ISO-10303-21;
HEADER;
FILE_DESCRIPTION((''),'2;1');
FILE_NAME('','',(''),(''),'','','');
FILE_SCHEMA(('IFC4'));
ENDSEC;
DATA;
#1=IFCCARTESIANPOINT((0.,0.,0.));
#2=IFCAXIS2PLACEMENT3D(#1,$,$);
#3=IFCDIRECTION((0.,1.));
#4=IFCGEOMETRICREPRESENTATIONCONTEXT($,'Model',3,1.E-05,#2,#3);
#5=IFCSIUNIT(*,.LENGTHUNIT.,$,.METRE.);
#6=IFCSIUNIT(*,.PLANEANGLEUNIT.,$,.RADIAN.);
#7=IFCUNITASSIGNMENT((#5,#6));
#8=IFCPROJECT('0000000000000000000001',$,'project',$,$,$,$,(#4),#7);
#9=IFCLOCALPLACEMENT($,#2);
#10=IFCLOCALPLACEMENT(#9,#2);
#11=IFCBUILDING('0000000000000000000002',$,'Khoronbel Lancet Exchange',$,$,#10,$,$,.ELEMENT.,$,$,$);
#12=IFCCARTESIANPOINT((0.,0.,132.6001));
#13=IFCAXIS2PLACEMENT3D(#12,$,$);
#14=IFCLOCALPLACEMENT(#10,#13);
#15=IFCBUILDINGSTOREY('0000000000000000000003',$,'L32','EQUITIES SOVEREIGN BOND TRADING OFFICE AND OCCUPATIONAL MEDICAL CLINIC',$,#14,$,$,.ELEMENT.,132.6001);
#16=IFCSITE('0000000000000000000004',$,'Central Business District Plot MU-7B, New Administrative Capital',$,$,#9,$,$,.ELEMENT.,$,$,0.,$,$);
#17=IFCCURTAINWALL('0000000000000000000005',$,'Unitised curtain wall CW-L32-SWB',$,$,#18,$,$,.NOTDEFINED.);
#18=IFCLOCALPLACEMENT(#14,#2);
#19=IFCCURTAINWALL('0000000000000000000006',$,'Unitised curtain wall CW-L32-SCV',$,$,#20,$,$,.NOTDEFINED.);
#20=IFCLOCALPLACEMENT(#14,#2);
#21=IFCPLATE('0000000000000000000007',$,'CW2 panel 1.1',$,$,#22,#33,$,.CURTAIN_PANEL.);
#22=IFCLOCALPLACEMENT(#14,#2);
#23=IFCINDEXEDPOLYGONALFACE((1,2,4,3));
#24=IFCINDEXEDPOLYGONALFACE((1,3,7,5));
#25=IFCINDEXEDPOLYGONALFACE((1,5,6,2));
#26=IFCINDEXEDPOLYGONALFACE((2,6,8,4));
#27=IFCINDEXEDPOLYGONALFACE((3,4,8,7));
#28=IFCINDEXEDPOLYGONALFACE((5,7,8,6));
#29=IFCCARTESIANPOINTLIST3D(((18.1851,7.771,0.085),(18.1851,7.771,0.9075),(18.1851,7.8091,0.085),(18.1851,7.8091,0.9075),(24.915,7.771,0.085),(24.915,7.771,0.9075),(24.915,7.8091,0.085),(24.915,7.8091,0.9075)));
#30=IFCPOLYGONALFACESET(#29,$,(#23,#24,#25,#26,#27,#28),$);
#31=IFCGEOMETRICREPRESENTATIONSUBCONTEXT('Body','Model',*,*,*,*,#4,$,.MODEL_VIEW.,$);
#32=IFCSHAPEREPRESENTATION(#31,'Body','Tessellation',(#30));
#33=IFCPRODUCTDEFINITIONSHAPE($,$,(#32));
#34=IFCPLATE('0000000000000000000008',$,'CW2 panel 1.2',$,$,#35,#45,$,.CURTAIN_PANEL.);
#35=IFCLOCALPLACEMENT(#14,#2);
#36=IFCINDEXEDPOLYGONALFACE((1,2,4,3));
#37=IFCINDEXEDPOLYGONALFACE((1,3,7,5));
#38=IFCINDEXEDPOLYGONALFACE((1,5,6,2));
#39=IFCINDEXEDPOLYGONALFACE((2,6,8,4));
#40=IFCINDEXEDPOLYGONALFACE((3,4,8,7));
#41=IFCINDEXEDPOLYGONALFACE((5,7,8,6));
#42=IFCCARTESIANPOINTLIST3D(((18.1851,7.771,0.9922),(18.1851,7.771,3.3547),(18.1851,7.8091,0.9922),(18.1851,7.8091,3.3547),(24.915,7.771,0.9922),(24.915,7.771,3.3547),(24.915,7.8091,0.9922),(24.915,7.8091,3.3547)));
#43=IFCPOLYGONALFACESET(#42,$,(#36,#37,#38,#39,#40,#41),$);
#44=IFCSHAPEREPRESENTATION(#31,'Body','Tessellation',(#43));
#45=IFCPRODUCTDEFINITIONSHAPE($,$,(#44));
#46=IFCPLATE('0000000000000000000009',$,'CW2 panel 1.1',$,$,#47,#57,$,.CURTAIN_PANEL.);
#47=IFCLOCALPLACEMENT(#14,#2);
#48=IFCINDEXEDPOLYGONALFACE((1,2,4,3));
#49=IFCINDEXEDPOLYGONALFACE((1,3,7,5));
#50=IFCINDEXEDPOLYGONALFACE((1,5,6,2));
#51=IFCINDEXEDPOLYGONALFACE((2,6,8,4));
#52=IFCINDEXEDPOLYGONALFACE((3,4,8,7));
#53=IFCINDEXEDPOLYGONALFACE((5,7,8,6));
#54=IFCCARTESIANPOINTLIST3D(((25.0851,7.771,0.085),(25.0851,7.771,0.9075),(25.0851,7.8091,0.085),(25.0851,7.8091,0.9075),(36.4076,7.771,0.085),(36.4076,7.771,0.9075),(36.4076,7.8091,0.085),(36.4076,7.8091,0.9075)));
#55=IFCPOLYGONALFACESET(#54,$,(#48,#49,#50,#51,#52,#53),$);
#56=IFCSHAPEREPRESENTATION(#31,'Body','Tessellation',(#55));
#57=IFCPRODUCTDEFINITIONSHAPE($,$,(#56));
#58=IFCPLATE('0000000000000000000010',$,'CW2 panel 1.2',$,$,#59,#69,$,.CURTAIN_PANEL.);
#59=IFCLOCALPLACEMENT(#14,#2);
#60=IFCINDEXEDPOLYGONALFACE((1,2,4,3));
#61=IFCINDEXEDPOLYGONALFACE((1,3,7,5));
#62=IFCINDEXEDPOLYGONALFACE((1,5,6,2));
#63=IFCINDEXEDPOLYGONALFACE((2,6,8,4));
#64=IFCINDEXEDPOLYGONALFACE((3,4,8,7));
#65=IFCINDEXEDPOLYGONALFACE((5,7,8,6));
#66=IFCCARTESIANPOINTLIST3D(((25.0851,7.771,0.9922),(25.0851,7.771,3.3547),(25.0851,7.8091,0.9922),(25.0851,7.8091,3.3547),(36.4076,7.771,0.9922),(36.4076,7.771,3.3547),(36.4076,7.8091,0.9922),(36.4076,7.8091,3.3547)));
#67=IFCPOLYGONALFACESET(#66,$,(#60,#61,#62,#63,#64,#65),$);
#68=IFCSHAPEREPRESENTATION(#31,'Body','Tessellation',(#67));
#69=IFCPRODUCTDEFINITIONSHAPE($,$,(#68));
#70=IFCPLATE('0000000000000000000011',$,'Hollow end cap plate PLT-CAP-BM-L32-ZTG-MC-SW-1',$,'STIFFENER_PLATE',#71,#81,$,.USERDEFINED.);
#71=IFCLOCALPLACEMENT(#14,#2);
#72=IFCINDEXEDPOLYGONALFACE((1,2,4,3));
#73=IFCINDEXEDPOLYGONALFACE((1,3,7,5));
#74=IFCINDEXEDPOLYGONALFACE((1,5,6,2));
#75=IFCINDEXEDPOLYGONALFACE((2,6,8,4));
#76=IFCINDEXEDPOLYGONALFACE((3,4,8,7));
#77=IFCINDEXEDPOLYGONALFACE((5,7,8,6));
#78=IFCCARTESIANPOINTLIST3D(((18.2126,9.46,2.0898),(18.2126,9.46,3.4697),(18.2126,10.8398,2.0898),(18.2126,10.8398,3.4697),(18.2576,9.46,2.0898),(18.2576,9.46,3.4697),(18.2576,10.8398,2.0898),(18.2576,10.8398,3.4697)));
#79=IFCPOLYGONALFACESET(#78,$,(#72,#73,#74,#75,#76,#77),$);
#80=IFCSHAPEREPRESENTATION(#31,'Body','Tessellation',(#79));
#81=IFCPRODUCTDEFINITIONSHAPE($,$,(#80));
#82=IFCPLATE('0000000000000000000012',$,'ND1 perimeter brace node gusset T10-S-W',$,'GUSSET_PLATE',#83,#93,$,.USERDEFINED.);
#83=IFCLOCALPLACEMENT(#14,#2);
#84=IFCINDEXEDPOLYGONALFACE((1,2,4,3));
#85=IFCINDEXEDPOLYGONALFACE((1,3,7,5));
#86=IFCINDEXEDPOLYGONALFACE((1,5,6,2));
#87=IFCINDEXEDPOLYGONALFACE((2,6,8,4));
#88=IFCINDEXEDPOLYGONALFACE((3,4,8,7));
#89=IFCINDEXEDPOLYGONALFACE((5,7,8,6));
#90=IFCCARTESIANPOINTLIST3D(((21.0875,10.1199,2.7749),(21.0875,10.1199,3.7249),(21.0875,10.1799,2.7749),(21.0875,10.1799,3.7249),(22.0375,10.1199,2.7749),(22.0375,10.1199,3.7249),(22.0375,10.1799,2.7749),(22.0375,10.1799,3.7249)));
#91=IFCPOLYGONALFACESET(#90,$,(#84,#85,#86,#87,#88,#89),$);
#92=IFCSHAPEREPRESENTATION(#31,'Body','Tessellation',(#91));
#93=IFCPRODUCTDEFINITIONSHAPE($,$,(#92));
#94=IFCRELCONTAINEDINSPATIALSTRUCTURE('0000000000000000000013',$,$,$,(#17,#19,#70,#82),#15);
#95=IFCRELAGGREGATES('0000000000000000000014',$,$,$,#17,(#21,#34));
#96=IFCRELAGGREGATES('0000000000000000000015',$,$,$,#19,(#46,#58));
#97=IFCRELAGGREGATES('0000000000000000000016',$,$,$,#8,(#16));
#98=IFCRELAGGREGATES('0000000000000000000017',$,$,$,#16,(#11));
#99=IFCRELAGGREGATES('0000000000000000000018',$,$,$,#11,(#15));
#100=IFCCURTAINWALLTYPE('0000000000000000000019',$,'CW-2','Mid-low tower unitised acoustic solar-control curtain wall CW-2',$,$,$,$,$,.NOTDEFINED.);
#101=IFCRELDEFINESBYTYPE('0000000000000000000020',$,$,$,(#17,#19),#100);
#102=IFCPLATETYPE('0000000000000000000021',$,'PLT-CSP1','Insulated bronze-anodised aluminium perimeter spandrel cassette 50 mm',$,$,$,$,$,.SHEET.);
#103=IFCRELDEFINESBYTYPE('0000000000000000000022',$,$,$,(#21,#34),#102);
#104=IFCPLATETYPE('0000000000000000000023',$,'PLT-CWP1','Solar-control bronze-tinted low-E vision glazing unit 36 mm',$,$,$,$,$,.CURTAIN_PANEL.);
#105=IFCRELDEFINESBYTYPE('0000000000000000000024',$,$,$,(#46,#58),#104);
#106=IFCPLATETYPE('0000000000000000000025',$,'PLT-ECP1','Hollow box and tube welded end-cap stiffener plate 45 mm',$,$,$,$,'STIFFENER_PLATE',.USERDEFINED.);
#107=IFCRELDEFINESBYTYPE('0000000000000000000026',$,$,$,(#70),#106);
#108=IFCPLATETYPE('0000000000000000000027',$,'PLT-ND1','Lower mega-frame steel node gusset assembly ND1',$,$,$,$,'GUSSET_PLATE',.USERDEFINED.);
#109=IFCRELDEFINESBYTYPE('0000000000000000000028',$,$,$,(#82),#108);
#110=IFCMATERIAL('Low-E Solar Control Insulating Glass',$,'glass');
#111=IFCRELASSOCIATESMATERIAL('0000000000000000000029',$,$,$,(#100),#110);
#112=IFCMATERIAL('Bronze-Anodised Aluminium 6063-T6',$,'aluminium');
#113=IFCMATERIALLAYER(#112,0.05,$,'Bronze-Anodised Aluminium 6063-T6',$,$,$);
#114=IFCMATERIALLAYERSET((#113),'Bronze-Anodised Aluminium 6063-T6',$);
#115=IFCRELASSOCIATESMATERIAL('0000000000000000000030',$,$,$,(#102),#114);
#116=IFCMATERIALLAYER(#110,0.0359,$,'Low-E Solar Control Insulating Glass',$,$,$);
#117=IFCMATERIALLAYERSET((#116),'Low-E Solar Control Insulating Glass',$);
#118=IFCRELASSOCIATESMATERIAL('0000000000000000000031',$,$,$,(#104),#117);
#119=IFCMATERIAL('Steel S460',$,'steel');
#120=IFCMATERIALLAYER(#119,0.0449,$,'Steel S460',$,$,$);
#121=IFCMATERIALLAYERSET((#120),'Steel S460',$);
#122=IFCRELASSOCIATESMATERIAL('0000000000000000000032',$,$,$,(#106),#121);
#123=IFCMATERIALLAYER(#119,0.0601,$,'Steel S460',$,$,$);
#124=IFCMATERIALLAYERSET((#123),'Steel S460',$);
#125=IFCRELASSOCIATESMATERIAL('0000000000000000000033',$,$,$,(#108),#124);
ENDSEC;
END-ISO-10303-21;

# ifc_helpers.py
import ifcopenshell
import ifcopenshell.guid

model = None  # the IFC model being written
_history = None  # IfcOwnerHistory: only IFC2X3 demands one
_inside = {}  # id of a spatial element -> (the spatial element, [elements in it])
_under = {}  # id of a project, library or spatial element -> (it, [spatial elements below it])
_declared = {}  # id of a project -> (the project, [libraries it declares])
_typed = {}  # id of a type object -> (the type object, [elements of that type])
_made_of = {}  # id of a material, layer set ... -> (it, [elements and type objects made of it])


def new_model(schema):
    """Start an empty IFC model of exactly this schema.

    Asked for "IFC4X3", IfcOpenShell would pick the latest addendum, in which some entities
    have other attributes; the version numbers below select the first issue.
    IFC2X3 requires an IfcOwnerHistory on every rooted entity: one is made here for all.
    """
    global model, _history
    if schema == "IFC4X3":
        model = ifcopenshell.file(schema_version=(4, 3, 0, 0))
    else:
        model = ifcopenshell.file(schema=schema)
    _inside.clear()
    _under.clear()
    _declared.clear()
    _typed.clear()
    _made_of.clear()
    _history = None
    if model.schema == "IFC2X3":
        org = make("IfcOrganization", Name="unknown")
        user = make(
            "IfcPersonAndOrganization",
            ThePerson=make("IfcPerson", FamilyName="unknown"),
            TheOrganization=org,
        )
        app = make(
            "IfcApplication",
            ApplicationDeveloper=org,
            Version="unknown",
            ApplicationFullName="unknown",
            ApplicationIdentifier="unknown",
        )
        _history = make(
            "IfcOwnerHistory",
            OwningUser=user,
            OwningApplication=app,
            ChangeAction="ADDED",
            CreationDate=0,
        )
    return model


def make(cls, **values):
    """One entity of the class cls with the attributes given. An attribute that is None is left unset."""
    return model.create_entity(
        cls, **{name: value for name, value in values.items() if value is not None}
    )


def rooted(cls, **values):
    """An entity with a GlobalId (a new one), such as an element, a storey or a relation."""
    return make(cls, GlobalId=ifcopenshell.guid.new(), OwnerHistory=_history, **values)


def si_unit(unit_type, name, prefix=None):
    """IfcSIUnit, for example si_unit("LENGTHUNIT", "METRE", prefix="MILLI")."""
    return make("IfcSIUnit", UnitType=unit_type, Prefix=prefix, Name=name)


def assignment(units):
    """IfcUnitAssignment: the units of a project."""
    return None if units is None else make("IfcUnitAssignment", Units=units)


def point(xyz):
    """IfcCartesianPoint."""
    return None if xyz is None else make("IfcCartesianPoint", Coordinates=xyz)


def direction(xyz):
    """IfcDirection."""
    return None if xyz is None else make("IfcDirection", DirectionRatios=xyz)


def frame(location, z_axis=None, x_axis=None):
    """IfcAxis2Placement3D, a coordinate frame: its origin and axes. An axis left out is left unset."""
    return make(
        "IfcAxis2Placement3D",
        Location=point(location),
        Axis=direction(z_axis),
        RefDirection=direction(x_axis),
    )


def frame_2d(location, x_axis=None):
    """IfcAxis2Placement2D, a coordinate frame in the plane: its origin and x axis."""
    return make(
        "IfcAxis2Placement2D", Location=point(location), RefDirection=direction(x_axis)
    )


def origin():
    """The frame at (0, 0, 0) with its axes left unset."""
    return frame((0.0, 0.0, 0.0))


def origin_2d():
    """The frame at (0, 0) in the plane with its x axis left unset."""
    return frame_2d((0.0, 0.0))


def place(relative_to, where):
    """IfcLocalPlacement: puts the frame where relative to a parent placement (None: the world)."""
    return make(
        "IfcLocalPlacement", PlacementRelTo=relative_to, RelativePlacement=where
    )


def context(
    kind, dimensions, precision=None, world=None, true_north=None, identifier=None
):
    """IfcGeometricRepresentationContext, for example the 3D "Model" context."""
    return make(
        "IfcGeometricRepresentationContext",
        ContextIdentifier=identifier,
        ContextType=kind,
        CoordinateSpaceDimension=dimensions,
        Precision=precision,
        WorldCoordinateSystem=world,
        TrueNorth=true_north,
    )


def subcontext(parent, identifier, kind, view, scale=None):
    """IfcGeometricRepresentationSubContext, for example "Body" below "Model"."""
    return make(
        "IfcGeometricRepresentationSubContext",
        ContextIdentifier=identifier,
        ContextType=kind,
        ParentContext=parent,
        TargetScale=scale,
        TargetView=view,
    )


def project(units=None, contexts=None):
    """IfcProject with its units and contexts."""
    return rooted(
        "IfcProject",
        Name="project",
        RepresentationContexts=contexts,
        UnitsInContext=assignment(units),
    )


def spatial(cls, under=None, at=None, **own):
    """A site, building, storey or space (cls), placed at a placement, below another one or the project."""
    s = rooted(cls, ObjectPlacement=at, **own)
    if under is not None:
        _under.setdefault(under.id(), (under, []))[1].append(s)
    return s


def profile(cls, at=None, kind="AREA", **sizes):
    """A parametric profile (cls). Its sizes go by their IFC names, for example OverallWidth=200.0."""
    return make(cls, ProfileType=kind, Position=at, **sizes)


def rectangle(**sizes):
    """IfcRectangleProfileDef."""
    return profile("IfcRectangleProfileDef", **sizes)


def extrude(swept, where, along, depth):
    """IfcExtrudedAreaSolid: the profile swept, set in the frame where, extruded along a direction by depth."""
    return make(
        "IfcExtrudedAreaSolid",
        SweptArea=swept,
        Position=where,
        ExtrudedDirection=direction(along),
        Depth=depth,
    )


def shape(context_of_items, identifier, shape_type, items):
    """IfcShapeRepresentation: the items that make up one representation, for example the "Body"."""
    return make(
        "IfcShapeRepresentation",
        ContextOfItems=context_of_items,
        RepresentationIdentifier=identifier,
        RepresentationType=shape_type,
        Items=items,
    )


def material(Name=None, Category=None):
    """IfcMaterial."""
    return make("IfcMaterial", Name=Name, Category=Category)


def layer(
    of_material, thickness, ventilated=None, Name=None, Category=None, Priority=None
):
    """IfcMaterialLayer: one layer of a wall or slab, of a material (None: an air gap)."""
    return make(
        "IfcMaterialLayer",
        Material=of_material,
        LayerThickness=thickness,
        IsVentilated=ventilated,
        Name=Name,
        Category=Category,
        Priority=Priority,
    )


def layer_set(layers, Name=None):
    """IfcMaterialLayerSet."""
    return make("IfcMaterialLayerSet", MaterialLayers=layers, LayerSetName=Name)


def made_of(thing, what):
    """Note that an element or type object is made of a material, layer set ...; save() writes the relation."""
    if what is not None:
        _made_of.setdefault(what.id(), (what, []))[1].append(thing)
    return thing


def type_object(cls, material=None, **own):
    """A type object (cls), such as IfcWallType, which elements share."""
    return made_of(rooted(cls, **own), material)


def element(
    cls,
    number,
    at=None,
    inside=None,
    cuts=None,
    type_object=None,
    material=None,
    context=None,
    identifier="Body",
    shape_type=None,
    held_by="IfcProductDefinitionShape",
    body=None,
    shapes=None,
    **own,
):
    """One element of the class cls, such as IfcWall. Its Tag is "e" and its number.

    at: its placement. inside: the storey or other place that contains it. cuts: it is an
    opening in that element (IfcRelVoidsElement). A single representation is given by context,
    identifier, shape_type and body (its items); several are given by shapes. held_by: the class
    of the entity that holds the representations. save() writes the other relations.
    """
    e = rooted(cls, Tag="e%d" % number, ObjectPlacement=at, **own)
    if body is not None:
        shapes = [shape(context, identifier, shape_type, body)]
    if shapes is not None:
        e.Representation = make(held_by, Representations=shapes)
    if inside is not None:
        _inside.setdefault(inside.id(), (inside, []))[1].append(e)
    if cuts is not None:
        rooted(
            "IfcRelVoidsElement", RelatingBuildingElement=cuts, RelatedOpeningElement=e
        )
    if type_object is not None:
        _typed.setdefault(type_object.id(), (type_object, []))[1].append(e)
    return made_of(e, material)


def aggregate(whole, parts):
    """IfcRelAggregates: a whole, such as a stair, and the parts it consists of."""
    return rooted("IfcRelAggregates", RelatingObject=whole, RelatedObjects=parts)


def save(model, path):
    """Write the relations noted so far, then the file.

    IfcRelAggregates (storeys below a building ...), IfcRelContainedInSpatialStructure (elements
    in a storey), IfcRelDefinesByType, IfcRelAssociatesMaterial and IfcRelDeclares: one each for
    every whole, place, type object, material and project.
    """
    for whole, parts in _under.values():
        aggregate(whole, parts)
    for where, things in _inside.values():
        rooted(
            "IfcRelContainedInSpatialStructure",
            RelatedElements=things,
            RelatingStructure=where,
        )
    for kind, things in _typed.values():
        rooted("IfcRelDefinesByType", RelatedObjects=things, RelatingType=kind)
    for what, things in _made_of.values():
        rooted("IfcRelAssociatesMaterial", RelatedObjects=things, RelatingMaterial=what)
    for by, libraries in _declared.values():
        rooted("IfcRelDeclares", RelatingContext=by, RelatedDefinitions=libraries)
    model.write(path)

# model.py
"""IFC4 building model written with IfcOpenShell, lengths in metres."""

from ifc_helpers import new_model, si_unit, direction, frame, origin, origin_2d, place, context, subcontext, project, spatial, rectangle, extrude, material, layer, layer_set, type_object, element, aggregate, save


model = new_model("IFC4")

# Units and contexts
model_context = context("Model", 3, precision=1e-05, world=origin(), true_north=direction((0.0, 1.0)))
body_context = subcontext(model_context, "Body", "Model", "MODEL_VIEW")
ifc_project = project(units=[si_unit("LENGTHUNIT", "METRE"), si_unit("PLANEANGLEUNIT", "RADIAN")], contexts=[model_context])

# Site, building, storey
site_placement = place(None, origin())
site = spatial("IfcSite", under=ifc_project, at=site_placement, Name="Central Business District Plot MU-7B, New Administrative Capital", CompositionType="ELEMENT", RefElevation=0.0)
building_placement = place(site_placement, origin())
building = spatial("IfcBuilding", under=site, at=building_placement, Name="Khoronbel Lancet Exchange", CompositionType="ELEMENT")
storey_placement = place(building_placement, frame((0.0, 0.0, 132.6001)))
storey = spatial("IfcBuildingStorey", under=building, at=storey_placement, Name="L32", Description="EQUITIES SOVEREIGN BOND TRADING OFFICE AND OCCUPATIONAL MEDICAL CLINIC", CompositionType="ELEMENT", Elevation=132.6001)

# Shared definitions
ifc_material_1 = material(Name="Steel S460", Category="steel")

# Curtain wall
ifc_material_2 = material(Name="Low-E Solar Control Insulating Glass", Category="glass")
curtain_wall_type = type_object("IfcCurtainWallType", Name="CW-2", Description="Mid-low tower unitised acoustic solar-control curtain wall CW-2", PredefinedType="NOTDEFINED", material=ifc_material_2)
curtain_wall_1_placement = place(storey_placement, origin())
curtain_wall_1 = element("IfcCurtainWall", 1, at=curtain_wall_1_placement, inside=storey, type_object=curtain_wall_type, Name="Unitised curtain wall CW-L32-SWB", PredefinedType="NOTDEFINED")
ifc_material_3 = material(Name="Bronze-Anodised Aluminium 6063-T6", Category="aluminium")

# Curtain wall
curtain_wall_2_placement = place(storey_placement, origin())
curtain_wall_2 = element("IfcCurtainWall", 2, at=curtain_wall_2_placement, inside=storey, type_object=curtain_wall_type, Name="Unitised curtain wall CW-L32-SCV", PredefinedType="NOTDEFINED")

# Plates
ifc_layer_1 = layer(ifc_material_3, 0.05, Name="Bronze-Anodised Aluminium 6063-T6")
ifc_layer_set_1 = layer_set([ifc_layer_1], Name="Bronze-Anodised Aluminium 6063-T6")
plate_type_1 = type_object("IfcPlateType", Name="PLT-CSP1", Description="Insulated bronze-anodised aluminium perimeter spandrel cassette 50 mm", PredefinedType="SHEET", material=ifc_layer_set_1)
plate_1_placement = place(storey_placement, frame((21.55, 7.79, 0.085), z_axis=(0.0, 0.0, 1.0), x_axis=(1.0, 0.0, 0.0)))
plate_1 = element("IfcPlate", 3, at=plate_1_placement, type_object=plate_type_1, Name="CW2 panel 1.1", PredefinedType="CURTAIN_PANEL", context=body_context, shape_type="SweptSolid", body=[
    extrude(rectangle(XDim=6.73, YDim=0.0381, at=origin_2d()), origin(), (0.0, 0.0, 1.0), 0.8225),
])
plate_2_placement = place(storey_placement, frame((21.55, 7.79, 0.9922), z_axis=(0.0, 0.0, 1.0), x_axis=(1.0, 0.0, 0.0)))
plate_2 = element("IfcPlate", 4, at=plate_2_placement, type_object=plate_type_1, Name="CW2 panel 1.2", PredefinedType="CURTAIN_PANEL", context=body_context, shape_type="SweptSolid", body=[
    extrude(rectangle(XDim=6.73, YDim=0.0381, at=origin_2d()), origin(), (0.0, 0.0, 1.0), 2.3625),
])
aggregate(curtain_wall_1, [plate_1, plate_2])
ifc_layer_2 = layer(ifc_material_2, 0.0359, Name="Low-E Solar Control Insulating Glass")
ifc_layer_set_2 = layer_set([ifc_layer_2], Name="Low-E Solar Control Insulating Glass")
plate_type_2 = type_object("IfcPlateType", Name="PLT-CWP1", Description="Solar-control bronze-tinted low-E vision glazing unit 36 mm", PredefinedType="CURTAIN_PANEL", material=ifc_layer_set_2)
plate_3_placement = place(storey_placement, frame((30.7463, 7.79, 0.085), z_axis=(0.0, 0.0, 1.0), x_axis=(1.0, 0.0, 0.0)))
plate_3 = element("IfcPlate", 5, at=plate_3_placement, type_object=plate_type_2, Name="CW2 panel 1.1", PredefinedType="CURTAIN_PANEL", context=body_context, shape_type="SweptSolid", body=[
    extrude(rectangle(XDim=11.3225, YDim=0.0381, at=origin_2d()), origin(), (0.0, 0.0, 1.0), 0.8225),
])
plate_4_placement = place(storey_placement, frame((30.7463, 7.79, 0.9922), z_axis=(0.0, 0.0, 1.0), x_axis=(1.0, 0.0, 0.0)))
plate_4 = element("IfcPlate", 6, at=plate_4_placement, type_object=plate_type_2, Name="CW2 panel 1.2", PredefinedType="CURTAIN_PANEL", context=body_context, shape_type="SweptSolid", body=[
    extrude(rectangle(XDim=11.3225, YDim=0.0381, at=origin_2d()), origin(), (0.0, 0.0, 1.0), 2.3625),
])
aggregate(curtain_wall_2, [plate_3, plate_4])

# Plates
ifc_layer_3 = layer(ifc_material_1, 0.0449, Name="Steel S460")
ifc_layer_set_3 = layer_set([ifc_layer_3], Name="Steel S460")
plate_type_3 = type_object("IfcPlateType", Name="PLT-ECP1", Description="Hollow box and tube welded end-cap stiffener plate 45 mm", ElementType="STIFFENER_PLATE", PredefinedType="USERDEFINED", material=ifc_layer_set_3)
plate_5_placement = place(storey_placement, frame((18.2351, 10.1499, 2.0898), z_axis=(0.0, 0.0, 1.0), x_axis=(1.0, 0.0, 0.0)))
element("IfcPlate", 7, at=plate_5_placement, inside=storey, type_object=plate_type_3, Name="Hollow end cap plate PLT-CAP-BM-L32-ZTG-MC-SW-1", ObjectType="STIFFENER_PLATE", PredefinedType="USERDEFINED", context=body_context, shape_type="SweptSolid", body=[
    extrude(rectangle(XDim=0.0449, YDim=1.3799, at=origin_2d()), origin(), (0.0, 0.0, 1.0), 1.3799),
])
ifc_layer_4 = layer(ifc_material_1, 0.0601, Name="Steel S460")
ifc_layer_set_4 = layer_set([ifc_layer_4], Name="Steel S460")
plate_type_4 = type_object("IfcPlateType", Name="PLT-ND1", Description="Lower mega-frame steel node gusset assembly ND1", ElementType="GUSSET_PLATE", PredefinedType="USERDEFINED", material=ifc_layer_set_4)
plate_6_placement = place(storey_placement, frame((21.5625, 10.1499, 2.7749), z_axis=(0.0, 0.0, 1.0), x_axis=(1.0, 0.0, 0.0)))
element("IfcPlate", 8, at=plate_6_placement, inside=storey, type_object=plate_type_4, Name="ND1 perimeter brace node gusset T10-S-W", ObjectType="GUSSET_PLATE", PredefinedType="USERDEFINED", context=body_context, shape_type="SweptSolid", body=[
    extrude(rectangle(XDim=0.95, YDim=0.0601, at=origin_2d()), origin(), (0.0, 0.0, 1.0), 0.95),
])

save(model, "model.ifc")
